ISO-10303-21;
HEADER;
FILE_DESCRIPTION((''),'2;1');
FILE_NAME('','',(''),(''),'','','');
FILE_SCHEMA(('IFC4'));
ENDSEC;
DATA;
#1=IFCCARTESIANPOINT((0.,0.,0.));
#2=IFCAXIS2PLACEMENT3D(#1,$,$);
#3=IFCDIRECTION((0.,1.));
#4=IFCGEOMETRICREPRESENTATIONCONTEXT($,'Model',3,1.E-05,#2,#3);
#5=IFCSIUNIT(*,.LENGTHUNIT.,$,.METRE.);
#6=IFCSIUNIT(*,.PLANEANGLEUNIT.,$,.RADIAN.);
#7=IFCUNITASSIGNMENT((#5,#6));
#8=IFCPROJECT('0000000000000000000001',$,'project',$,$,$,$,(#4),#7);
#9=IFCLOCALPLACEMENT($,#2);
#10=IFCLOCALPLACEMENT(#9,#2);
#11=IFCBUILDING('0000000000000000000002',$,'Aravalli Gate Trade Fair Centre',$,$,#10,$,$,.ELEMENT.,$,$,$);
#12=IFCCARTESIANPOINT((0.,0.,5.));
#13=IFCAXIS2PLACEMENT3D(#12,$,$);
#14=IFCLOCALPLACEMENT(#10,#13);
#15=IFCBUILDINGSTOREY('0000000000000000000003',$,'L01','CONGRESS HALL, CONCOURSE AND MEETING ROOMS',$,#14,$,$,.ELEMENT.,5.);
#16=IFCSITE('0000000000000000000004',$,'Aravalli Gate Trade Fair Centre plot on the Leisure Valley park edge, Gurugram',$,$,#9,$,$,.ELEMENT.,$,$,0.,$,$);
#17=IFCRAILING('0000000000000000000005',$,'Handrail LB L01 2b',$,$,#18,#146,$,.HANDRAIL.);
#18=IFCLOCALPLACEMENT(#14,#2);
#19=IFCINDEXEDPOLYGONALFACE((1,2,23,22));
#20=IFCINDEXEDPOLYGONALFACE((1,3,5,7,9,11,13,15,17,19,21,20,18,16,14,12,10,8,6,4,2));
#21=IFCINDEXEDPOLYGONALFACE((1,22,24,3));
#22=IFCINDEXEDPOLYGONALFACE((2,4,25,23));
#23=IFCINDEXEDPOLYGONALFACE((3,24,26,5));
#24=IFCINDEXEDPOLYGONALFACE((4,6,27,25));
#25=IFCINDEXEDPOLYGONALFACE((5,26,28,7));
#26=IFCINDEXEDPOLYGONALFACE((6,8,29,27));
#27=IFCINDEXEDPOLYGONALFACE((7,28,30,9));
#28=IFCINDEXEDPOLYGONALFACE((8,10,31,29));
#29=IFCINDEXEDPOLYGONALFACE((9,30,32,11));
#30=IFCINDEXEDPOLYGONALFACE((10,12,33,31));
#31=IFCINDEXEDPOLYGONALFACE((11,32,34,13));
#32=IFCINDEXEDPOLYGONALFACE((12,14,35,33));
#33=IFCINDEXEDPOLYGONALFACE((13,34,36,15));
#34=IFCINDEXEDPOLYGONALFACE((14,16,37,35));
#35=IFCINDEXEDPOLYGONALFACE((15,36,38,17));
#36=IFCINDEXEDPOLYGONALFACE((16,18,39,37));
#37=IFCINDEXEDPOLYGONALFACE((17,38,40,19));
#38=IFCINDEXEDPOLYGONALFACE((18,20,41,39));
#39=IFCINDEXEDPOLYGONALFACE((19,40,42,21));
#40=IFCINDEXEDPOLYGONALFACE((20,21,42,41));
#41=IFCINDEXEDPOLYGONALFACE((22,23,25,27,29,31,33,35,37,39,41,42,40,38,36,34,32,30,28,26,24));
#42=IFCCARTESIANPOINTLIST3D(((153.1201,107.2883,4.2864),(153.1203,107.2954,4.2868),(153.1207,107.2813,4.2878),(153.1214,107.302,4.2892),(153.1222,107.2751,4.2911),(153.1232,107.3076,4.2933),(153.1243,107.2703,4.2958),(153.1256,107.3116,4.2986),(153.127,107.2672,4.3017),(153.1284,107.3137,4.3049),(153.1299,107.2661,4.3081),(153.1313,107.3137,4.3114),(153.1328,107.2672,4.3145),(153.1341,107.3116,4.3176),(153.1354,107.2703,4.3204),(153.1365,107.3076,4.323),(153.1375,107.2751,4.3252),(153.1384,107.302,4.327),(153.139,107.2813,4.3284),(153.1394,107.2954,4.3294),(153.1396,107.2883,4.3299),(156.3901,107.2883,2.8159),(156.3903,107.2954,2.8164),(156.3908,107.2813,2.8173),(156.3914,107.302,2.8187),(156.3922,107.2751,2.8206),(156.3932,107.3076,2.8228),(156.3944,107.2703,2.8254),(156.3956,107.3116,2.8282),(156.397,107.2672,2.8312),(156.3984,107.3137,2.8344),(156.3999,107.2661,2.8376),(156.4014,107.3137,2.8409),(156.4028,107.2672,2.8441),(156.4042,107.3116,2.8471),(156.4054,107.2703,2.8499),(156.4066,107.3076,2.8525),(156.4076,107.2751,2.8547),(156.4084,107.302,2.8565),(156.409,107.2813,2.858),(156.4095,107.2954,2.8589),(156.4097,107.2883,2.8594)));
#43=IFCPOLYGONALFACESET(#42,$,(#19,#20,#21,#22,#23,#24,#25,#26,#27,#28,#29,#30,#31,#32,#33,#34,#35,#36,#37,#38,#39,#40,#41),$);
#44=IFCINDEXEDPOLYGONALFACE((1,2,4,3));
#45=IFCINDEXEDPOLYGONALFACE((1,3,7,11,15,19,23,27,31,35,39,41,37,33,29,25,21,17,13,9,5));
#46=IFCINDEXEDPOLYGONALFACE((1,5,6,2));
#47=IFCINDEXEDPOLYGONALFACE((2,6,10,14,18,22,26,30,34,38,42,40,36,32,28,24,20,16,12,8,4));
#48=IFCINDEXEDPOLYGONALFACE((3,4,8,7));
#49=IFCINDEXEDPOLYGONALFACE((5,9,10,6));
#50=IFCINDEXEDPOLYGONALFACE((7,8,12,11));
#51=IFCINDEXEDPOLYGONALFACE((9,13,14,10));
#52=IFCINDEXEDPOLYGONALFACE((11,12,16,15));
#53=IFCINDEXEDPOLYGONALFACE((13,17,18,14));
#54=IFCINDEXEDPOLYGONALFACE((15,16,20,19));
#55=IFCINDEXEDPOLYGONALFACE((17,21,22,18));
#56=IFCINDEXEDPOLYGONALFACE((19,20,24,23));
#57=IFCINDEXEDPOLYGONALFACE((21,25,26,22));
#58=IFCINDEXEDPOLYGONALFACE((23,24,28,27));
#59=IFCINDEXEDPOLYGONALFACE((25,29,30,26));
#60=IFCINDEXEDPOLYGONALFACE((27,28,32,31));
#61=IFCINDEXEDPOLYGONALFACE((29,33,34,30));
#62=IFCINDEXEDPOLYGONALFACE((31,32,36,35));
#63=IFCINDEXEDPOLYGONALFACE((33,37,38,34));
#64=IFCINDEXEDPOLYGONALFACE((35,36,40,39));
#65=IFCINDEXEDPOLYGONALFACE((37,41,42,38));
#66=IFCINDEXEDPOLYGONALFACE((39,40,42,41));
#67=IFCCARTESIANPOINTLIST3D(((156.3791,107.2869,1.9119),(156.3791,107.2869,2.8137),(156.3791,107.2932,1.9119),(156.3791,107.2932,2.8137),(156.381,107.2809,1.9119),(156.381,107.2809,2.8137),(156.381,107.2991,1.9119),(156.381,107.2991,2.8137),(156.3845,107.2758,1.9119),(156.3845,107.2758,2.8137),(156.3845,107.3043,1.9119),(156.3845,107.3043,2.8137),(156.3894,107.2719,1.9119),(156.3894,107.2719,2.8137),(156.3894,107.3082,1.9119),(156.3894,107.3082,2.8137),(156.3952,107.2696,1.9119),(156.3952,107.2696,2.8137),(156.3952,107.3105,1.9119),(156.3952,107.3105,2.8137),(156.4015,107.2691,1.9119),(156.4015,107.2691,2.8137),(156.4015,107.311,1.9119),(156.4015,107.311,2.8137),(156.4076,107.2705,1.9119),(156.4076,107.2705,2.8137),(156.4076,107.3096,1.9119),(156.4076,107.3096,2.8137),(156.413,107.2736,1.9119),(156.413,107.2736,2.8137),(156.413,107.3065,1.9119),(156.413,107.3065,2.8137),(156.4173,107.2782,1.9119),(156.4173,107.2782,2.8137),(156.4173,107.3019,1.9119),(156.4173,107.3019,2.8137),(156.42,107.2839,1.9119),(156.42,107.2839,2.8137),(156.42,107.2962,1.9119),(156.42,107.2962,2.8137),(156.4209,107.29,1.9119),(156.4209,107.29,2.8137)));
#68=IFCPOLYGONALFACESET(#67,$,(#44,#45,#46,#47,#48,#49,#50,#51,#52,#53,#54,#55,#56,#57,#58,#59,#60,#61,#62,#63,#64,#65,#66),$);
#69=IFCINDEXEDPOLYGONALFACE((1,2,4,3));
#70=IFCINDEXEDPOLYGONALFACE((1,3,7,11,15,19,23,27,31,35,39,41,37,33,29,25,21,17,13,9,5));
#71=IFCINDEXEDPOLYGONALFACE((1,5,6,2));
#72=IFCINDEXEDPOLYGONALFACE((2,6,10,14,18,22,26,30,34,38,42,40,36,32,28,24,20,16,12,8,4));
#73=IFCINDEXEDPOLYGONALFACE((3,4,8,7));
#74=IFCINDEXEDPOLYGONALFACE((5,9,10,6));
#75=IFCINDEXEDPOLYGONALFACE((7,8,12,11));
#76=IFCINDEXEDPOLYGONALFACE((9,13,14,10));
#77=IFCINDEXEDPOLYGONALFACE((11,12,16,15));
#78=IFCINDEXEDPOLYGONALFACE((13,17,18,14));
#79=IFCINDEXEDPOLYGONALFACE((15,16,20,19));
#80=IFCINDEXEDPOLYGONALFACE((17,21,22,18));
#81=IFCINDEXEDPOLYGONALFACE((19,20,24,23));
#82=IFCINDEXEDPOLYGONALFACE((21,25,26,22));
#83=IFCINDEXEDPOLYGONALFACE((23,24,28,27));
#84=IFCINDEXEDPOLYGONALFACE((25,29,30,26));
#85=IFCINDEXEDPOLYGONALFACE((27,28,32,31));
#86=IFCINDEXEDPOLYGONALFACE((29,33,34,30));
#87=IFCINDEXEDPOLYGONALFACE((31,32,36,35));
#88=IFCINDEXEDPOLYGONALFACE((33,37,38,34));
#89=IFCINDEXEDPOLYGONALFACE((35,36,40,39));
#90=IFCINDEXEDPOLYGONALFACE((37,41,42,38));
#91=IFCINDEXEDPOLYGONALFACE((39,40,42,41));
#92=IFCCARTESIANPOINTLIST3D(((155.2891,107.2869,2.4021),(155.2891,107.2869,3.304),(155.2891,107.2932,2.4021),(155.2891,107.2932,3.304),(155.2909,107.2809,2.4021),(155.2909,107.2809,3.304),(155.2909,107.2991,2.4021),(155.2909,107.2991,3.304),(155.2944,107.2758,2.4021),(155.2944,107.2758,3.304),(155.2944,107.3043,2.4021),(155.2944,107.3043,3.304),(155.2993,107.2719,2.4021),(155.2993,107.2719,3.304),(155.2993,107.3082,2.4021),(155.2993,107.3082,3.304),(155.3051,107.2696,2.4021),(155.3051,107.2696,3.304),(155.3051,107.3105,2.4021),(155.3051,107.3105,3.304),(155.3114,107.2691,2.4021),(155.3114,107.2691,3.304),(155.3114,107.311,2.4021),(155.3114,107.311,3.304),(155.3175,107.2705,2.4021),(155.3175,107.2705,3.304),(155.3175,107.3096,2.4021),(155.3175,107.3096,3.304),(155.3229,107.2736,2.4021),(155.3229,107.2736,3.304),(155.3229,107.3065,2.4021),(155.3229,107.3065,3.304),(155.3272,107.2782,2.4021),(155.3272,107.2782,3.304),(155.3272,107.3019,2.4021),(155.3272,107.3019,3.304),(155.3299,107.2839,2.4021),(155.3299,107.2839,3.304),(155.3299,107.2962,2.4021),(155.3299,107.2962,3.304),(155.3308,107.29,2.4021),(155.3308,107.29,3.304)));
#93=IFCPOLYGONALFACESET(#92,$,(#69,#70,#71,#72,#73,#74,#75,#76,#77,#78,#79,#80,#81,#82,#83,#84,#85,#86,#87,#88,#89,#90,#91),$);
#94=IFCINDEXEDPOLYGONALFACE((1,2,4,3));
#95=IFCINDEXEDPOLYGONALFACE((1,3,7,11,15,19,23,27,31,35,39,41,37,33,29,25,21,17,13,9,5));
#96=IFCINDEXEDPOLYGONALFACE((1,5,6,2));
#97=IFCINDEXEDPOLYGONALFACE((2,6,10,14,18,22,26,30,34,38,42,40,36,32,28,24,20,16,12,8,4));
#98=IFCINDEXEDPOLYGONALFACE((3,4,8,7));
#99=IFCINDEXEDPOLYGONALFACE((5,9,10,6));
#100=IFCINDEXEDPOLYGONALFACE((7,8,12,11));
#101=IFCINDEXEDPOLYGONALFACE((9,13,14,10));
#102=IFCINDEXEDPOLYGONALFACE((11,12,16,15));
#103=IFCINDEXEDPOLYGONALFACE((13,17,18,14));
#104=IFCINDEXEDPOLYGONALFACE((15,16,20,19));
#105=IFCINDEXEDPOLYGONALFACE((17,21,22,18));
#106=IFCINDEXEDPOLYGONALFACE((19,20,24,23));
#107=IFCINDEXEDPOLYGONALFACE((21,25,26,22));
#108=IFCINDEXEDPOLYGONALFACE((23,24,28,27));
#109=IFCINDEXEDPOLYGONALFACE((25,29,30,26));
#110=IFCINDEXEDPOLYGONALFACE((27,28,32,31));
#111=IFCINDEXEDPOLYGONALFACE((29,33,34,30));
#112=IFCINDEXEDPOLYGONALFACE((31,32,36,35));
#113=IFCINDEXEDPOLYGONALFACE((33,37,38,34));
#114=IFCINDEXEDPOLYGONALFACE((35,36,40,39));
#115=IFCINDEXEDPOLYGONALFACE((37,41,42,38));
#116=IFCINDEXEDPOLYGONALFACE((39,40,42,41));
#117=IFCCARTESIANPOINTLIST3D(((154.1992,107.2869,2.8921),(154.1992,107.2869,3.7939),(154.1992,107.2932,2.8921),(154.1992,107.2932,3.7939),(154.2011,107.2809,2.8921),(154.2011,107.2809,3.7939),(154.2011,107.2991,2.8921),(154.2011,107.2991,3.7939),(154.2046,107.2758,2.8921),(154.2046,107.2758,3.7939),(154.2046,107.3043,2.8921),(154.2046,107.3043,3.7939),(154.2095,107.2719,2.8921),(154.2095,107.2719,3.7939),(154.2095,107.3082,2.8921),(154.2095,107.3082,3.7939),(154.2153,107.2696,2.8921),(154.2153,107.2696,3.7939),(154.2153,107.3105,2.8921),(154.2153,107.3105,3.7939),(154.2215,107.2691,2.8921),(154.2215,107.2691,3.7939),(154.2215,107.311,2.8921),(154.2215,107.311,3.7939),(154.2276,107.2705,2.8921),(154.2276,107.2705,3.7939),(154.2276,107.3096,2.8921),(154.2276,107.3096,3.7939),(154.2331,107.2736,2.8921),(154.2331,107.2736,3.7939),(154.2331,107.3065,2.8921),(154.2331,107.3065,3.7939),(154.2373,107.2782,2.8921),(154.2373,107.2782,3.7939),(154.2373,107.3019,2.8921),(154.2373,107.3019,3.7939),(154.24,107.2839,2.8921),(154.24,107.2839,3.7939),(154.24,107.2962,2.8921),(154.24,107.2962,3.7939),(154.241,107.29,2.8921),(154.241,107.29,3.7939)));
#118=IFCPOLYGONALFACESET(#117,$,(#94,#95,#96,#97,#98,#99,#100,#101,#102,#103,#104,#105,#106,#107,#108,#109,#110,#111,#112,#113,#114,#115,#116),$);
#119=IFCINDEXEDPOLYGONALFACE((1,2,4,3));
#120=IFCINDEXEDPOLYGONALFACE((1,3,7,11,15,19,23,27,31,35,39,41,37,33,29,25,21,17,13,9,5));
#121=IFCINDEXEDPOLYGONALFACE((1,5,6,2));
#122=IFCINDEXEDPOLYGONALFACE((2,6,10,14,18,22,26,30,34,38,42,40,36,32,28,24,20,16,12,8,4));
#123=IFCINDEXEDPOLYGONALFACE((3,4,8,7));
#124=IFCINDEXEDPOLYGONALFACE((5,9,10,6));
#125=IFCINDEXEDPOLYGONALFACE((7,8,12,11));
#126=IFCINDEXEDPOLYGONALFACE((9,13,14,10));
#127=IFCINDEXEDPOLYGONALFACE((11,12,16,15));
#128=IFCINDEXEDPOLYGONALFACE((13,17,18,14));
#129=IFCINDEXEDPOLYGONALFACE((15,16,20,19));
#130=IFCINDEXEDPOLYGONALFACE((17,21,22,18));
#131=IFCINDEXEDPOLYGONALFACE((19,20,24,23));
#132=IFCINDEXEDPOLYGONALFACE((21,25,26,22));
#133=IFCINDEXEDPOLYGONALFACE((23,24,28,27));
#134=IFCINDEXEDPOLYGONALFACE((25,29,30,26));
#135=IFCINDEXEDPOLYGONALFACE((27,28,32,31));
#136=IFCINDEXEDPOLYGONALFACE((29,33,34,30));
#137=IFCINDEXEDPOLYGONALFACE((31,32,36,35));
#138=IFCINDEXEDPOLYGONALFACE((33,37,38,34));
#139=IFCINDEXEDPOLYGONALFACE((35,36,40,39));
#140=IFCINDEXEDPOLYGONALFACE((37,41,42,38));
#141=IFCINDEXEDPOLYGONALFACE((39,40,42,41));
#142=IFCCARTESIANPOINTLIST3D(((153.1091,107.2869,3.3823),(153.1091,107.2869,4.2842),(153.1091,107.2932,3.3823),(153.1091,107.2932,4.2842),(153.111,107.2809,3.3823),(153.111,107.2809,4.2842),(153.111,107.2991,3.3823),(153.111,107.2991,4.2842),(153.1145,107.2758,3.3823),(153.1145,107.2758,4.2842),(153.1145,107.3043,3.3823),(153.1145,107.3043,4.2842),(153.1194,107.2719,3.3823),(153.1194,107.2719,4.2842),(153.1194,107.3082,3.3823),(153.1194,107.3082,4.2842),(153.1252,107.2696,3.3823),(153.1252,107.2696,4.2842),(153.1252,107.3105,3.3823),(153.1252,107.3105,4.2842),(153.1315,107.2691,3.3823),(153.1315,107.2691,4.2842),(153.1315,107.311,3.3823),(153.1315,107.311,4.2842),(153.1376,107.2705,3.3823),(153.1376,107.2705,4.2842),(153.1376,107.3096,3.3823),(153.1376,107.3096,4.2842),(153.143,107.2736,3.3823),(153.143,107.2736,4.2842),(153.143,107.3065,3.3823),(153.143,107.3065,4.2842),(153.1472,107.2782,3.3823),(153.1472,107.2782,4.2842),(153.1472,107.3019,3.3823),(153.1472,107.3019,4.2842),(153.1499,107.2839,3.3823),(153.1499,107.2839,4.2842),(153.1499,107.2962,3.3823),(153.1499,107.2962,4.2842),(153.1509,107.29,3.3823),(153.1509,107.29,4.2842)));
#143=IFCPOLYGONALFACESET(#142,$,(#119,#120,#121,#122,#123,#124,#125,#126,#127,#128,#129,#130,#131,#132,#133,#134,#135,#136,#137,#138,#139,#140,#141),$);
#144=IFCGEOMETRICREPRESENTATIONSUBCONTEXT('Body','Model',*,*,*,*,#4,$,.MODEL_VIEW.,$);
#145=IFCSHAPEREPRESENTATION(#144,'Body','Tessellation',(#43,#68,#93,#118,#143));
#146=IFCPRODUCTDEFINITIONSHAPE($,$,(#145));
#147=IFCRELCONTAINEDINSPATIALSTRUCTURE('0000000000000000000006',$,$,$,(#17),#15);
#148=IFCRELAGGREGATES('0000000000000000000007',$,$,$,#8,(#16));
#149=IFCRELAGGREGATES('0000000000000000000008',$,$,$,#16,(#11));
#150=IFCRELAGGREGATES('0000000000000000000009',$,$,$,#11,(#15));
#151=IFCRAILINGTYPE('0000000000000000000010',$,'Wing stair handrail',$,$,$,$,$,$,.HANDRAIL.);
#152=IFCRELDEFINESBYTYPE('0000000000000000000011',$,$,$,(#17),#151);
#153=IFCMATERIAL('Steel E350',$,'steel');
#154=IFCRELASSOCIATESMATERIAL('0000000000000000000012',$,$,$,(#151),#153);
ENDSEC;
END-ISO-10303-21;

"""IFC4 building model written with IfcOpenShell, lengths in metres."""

from ifc_helpers import new_model, si_unit, direction, frame, origin, origin_2d, place, context, subcontext, project, spatial, circle, extrude, material, type_object, element, save


model = new_model("IFC4")

# Units and contexts
model_context = context("Model", 3, precision=1e-05, world=origin(), true_north=direction((0.0, 1.0)))
body_context = subcontext(model_context, "Body", "Model", "MODEL_VIEW")
ifc_project = project(units=[si_unit("LENGTHUNIT", "METRE"), si_unit("PLANEANGLEUNIT", "RADIAN")], contexts=[model_context])

# Site, building, storey
site_placement = place(None, origin())
site = spatial("IfcSite", under=ifc_project, at=site_placement, Name="Aravalli Gate Trade Fair Centre plot on the Leisure Valley park edge, Gurugram", CompositionType="ELEMENT", RefElevation=0.0)
building_placement = place(site_placement, origin())
building = spatial("IfcBuilding", under=site, at=building_placement, Name="Aravalli Gate Trade Fair Centre", CompositionType="ELEMENT")
storey_placement = place(building_placement, frame((0.0, 0.0, 5.0)))
storey = spatial("IfcBuildingStorey", under=building, at=storey_placement, Name="L01", Description="CONGRESS HALL, CONCOURSE AND MEETING ROOMS", CompositionType="ELEMENT", Elevation=5.0)

# Shared definitions
ifc_material_1 = material(Name="Steel E350", Category="steel")

# Railing
railing_type_1 = type_object("IfcRailingType", Name="Wing stair handrail", PredefinedType="HANDRAIL", material=ifc_material_1)
for number, where, name in (
    (1, (156.3999, 107.29, 1.9119), "Handrail LB L01 2b"),
):
    element("IfcRailing", number, at=place(storey_placement, frame(where)), inside=storey, type_object=railing_type_1, Name=name, PredefinedType="HANDRAIL", context=body_context, shape_type="SweptSolid", body=[
        extrude(circle(Radius=0.0239, at=origin_2d()), frame((0.0, 0.0, 0.9258), z_axis=(-0.912031, 0.0, 0.410121), x_axis=(0.0, -1.0, 0.0)), (0.0, 0.0, 1.0), 3.5854),
        extrude(circle(Radius=0.021, at=origin_2d()), origin(), (0.0, 0.0, 1.0), 0.9019),
        extrude(circle(Radius=0.021, at=origin_2d()), frame((-1.0901, 0.0, 0.4902)), (0.0, 0.0, 1.0), 0.9019),
        extrude(circle(Radius=0.021, at=origin_2d()), frame((-2.1799, 0.0, 0.9802)), (0.0, 0.0, 1.0), 0.9019),
        extrude(circle(Radius=0.021, at=origin_2d()), frame((-3.27, 0.0, 1.4705)), (0.0, 0.0, 1.0), 0.9019),
    ])

save(model, "model.ifc")
